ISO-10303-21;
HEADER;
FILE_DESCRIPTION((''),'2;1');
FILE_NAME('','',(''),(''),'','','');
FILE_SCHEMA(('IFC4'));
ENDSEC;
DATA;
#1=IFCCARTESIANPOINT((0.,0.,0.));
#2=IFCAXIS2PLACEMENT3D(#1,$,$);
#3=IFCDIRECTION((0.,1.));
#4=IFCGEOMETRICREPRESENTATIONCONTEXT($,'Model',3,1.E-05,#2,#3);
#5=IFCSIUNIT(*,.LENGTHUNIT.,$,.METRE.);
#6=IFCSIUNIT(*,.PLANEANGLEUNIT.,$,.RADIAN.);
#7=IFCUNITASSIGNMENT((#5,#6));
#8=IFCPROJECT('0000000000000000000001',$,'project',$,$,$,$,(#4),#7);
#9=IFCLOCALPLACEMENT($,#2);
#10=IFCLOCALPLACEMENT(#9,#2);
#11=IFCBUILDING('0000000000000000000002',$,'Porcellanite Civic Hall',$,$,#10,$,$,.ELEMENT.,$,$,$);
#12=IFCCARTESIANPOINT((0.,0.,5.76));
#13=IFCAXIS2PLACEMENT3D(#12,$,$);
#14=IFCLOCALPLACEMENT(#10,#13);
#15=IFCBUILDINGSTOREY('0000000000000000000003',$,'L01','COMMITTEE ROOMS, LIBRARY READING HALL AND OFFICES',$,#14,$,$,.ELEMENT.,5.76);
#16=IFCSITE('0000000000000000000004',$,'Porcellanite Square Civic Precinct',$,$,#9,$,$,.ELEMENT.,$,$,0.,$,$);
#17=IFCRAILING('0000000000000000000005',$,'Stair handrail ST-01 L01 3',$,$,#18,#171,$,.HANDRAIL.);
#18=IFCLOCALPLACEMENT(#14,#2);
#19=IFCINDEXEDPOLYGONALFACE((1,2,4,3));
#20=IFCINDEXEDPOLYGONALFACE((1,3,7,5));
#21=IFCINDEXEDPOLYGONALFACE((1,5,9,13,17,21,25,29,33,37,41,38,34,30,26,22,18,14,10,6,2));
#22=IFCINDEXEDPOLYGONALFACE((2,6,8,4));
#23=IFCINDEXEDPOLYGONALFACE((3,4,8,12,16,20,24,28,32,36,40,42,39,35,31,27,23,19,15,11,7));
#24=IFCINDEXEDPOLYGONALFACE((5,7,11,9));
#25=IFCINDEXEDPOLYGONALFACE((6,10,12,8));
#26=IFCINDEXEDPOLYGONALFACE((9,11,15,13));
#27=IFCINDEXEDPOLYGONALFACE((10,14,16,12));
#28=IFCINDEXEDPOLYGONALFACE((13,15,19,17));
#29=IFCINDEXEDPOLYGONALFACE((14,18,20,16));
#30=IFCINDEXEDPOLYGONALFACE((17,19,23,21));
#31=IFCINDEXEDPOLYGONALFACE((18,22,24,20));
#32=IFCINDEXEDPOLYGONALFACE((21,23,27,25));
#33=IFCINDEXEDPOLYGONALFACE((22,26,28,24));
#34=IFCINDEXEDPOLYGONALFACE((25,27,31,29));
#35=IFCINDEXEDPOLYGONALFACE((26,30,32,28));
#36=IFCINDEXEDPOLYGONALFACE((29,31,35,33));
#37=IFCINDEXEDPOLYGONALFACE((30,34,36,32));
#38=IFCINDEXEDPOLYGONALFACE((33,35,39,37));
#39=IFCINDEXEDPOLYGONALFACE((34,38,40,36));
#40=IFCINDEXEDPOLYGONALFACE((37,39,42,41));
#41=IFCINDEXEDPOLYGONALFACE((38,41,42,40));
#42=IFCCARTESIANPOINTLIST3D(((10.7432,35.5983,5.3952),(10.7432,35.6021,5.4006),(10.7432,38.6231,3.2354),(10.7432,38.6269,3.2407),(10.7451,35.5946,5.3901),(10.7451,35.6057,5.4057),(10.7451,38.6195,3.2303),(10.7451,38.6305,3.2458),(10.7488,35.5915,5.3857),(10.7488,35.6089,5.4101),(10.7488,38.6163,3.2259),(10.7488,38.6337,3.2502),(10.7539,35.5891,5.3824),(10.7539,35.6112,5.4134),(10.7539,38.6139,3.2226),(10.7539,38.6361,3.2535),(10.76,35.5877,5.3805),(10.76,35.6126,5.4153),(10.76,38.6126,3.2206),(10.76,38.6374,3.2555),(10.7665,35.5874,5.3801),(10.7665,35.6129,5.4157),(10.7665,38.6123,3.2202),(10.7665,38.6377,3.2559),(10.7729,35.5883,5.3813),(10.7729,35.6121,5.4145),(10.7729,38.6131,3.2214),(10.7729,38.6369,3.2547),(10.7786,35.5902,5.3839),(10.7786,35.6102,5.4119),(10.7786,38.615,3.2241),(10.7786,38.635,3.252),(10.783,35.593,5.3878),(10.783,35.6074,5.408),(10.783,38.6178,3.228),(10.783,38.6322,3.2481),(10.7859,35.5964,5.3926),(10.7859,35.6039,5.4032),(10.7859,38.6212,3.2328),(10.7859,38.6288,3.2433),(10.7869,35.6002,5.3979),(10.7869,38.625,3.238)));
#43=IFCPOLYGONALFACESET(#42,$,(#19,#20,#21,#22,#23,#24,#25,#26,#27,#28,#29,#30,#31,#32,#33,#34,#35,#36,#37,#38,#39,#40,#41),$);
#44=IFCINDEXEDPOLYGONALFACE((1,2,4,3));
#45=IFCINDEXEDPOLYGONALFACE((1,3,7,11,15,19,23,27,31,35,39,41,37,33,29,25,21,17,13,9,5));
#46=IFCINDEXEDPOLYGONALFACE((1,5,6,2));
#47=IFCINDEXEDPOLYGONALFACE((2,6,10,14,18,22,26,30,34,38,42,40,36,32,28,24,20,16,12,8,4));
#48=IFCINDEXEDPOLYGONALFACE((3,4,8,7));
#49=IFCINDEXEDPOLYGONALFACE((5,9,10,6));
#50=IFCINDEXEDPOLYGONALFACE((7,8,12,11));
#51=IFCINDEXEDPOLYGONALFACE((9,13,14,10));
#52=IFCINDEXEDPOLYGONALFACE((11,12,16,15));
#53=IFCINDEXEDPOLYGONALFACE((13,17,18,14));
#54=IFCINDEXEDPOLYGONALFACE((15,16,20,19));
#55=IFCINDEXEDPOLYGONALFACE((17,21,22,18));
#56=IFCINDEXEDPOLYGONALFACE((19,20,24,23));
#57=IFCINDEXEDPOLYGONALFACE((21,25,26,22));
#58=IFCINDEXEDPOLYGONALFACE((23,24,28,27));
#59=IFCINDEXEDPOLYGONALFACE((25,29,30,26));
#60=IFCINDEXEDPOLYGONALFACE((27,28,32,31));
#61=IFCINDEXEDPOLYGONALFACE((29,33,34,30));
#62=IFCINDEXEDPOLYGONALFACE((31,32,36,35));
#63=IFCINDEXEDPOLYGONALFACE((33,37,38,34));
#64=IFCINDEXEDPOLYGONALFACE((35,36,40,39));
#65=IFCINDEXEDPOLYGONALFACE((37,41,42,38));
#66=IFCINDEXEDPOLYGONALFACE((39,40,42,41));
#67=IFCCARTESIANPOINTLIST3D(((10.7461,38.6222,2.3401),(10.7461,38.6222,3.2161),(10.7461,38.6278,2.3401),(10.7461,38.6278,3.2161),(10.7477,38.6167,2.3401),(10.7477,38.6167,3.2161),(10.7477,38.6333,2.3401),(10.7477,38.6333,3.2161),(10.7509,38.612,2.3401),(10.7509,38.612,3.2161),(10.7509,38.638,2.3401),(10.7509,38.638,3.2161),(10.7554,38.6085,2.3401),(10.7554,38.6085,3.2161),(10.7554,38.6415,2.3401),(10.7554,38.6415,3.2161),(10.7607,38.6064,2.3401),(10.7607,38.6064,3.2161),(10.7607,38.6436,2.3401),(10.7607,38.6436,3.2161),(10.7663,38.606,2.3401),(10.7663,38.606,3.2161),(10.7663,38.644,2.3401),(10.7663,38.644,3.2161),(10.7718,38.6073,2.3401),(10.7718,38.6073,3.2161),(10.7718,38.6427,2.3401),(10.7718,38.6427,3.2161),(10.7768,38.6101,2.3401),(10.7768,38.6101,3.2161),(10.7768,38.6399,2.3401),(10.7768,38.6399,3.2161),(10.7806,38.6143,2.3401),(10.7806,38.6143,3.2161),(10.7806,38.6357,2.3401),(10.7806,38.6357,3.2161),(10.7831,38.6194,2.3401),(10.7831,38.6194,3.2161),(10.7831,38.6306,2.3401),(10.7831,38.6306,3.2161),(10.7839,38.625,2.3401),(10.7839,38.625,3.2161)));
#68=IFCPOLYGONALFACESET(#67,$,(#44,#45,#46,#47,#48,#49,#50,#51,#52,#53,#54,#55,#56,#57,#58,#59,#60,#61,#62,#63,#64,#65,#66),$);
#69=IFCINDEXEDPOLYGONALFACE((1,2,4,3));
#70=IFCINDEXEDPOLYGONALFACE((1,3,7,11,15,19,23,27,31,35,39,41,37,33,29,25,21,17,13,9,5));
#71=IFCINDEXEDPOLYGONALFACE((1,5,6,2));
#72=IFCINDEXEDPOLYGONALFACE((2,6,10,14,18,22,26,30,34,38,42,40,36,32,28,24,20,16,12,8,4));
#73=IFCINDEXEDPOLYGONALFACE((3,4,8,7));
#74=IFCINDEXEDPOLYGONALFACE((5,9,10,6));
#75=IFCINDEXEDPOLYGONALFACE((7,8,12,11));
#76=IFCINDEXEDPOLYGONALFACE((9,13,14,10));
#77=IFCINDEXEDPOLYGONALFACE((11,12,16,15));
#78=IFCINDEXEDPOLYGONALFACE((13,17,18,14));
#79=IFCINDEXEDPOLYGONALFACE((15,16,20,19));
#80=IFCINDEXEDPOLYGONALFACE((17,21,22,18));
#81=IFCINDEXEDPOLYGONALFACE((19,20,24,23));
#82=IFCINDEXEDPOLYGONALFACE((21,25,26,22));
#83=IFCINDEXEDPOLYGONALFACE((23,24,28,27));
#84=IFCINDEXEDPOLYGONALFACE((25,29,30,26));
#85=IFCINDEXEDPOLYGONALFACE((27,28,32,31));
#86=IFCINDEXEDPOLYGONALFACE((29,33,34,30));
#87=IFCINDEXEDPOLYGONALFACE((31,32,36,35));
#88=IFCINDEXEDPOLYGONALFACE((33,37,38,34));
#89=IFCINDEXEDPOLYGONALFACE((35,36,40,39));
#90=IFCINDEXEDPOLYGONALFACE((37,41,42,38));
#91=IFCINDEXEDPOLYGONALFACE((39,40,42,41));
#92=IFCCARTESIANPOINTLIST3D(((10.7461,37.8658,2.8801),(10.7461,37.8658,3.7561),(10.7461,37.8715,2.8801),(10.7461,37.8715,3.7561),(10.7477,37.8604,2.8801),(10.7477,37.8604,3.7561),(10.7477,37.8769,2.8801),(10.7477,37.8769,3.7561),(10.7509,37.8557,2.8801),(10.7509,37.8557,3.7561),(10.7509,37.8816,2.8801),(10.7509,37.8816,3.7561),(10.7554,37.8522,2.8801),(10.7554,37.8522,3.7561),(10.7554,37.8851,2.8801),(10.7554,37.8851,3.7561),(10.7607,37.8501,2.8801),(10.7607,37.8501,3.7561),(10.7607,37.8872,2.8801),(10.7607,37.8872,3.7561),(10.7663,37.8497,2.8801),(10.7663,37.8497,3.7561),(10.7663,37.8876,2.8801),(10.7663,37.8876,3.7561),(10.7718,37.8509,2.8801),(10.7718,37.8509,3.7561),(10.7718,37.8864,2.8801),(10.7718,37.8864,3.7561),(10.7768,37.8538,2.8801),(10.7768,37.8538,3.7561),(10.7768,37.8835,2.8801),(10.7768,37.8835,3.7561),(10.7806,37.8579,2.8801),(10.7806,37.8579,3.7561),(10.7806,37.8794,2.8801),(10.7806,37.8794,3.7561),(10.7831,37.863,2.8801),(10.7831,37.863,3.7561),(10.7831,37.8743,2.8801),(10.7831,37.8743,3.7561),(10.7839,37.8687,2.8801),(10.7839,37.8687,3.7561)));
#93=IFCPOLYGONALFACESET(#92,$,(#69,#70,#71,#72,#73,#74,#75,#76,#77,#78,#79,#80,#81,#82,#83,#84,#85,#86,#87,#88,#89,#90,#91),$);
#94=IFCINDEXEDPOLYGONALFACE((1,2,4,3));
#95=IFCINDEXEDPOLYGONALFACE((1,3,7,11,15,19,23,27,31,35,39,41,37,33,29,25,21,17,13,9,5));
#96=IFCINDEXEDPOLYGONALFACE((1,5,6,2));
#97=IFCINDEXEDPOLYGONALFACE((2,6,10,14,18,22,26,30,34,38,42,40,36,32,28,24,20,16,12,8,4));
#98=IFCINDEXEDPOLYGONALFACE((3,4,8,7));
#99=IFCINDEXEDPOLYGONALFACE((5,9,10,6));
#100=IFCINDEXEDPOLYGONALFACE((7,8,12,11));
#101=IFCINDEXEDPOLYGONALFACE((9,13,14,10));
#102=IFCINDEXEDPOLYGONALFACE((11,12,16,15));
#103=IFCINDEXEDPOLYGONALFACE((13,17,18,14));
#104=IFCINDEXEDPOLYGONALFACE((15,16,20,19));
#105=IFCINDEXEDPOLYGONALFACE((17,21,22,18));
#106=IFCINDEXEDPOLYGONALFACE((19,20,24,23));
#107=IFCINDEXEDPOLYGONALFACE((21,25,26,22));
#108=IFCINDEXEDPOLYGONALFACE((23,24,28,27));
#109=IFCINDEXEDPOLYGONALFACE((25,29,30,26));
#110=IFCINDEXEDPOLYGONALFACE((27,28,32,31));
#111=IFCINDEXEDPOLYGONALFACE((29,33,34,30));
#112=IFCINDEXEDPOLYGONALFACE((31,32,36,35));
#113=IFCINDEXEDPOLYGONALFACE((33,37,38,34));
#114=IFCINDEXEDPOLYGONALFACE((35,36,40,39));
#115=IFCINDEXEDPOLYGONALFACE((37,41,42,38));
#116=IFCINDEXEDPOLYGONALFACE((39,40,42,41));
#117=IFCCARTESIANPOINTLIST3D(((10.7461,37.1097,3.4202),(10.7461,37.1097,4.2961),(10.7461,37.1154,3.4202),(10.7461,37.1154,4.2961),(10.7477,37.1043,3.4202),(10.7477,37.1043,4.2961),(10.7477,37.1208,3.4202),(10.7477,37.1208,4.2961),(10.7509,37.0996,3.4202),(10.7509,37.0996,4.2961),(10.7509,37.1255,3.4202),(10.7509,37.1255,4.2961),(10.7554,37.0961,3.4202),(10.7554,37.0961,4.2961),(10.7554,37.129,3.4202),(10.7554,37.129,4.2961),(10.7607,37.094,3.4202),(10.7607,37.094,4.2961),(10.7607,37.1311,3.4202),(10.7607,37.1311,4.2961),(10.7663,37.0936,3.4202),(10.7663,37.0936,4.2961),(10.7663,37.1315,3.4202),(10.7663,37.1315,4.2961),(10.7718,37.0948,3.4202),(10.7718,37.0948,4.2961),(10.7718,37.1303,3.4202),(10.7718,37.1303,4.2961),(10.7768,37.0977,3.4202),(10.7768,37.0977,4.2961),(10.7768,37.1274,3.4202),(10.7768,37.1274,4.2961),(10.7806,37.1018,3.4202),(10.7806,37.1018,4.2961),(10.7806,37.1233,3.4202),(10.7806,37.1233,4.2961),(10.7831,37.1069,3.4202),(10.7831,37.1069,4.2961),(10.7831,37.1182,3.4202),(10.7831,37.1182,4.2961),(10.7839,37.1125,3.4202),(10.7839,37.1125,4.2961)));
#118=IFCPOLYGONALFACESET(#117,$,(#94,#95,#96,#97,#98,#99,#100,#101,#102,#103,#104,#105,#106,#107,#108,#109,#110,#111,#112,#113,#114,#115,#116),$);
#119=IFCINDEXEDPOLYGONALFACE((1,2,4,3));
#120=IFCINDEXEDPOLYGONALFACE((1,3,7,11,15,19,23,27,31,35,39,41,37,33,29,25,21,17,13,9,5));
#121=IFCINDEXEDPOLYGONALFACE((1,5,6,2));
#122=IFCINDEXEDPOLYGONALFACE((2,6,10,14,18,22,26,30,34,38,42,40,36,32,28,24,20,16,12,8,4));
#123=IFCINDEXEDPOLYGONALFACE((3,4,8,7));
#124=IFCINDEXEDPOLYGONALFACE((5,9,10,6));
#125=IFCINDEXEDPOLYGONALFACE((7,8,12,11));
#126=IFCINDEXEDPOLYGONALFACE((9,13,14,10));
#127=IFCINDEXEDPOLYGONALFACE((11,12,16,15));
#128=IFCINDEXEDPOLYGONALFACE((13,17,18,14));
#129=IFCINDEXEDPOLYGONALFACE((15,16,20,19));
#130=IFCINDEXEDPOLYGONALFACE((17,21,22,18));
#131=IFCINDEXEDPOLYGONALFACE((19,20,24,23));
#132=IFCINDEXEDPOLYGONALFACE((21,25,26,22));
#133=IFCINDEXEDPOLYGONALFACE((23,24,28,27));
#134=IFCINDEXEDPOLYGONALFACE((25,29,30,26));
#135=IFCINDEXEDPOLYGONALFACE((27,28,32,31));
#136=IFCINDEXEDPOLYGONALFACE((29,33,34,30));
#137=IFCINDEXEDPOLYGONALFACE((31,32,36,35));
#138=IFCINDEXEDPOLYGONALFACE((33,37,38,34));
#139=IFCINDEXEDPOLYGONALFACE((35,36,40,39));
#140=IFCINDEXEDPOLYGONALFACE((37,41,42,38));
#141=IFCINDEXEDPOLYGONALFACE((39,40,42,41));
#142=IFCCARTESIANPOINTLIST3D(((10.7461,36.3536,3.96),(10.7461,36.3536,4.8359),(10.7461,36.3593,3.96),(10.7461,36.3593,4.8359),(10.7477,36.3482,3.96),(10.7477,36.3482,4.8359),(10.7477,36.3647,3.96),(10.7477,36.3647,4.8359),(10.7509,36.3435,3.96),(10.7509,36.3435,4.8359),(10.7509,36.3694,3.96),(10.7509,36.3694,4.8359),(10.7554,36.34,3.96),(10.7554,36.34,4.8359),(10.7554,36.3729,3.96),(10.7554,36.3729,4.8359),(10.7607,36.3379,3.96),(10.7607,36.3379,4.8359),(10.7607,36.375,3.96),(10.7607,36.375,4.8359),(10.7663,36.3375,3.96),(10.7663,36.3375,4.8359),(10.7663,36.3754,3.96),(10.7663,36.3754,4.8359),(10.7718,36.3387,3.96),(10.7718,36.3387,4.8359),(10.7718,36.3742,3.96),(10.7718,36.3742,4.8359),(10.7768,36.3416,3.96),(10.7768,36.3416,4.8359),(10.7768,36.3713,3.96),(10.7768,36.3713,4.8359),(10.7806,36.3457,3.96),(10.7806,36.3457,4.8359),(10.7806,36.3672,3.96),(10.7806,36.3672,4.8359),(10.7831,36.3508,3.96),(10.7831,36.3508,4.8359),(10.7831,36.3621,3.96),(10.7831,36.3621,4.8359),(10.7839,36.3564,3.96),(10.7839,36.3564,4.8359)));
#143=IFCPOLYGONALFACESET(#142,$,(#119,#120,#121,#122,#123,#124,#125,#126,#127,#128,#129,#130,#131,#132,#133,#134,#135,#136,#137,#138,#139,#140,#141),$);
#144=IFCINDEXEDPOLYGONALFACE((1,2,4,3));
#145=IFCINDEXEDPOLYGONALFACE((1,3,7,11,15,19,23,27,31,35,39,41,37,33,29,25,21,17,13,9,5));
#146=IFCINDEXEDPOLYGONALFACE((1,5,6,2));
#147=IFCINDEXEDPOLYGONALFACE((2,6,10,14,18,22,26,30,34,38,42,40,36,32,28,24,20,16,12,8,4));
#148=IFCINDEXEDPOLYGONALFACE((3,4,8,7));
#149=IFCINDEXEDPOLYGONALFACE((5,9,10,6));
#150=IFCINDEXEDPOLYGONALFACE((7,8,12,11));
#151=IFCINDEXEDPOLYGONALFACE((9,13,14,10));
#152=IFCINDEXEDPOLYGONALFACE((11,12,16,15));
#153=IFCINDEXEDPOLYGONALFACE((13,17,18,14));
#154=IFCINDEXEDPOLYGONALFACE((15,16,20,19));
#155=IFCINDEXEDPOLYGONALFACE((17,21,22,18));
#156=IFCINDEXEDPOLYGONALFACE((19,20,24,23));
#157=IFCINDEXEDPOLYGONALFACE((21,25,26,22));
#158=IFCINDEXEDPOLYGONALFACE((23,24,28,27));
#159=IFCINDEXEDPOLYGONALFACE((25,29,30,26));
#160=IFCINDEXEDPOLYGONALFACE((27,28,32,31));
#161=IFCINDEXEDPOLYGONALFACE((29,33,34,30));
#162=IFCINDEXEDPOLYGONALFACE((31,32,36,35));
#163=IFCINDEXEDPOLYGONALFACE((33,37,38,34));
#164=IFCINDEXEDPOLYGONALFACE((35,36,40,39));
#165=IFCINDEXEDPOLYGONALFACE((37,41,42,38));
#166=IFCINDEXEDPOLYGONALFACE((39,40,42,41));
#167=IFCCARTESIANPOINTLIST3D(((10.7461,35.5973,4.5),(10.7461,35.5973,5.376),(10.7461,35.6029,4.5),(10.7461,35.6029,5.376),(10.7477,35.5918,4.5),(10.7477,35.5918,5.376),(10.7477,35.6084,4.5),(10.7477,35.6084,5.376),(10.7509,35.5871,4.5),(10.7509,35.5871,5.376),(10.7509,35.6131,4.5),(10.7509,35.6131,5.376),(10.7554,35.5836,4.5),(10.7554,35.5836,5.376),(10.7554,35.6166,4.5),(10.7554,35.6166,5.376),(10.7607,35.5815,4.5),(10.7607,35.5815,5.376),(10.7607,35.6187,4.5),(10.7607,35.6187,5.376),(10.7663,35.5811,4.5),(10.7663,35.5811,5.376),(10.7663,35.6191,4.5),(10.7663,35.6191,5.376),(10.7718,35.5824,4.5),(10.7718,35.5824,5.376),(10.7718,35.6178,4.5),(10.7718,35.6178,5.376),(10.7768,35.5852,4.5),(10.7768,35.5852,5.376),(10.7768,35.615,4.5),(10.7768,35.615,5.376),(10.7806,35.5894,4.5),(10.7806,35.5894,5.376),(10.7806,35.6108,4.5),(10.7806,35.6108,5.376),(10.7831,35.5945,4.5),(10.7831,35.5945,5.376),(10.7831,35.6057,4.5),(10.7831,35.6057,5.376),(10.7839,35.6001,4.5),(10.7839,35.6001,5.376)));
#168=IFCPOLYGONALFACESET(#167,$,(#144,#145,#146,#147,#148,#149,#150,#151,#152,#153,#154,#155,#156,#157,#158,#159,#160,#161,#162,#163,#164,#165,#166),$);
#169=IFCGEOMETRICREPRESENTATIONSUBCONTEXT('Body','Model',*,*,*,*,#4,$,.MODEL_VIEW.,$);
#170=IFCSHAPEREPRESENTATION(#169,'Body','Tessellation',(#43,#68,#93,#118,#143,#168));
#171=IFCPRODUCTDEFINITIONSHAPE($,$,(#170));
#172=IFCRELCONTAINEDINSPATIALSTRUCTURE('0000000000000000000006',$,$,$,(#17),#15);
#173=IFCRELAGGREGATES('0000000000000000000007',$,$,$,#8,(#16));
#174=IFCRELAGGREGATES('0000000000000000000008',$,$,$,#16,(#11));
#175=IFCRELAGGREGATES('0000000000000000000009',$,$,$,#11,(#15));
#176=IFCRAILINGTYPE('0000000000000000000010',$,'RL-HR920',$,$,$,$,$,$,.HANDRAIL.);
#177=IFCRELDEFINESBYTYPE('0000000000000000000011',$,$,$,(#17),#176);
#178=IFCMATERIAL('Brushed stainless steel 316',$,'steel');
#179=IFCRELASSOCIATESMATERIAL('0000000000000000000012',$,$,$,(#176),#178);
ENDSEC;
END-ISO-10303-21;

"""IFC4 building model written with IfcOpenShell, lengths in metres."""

from ifc_helpers import new_model, si_unit, direction, frame, origin, origin_2d, place, context, subcontext, project, spatial, circle, extrude, material, type_object, element, save


model = new_model("IFC4")

# Units and contexts
model_context = context("Model", 3, precision=1e-05, world=origin(), true_north=direction((0.0, 1.0)))
body_context = subcontext(model_context, "Body", "Model", "MODEL_VIEW")
ifc_project = project(units=[si_unit("LENGTHUNIT", "METRE"), si_unit("PLANEANGLEUNIT", "RADIAN")], contexts=[model_context])

# Site, building, storey
site_placement = place(None, origin())
site = spatial("IfcSite", under=ifc_project, at=site_placement, Name="Porcellanite Square Civic Precinct", CompositionType="ELEMENT", RefElevation=0.0)
building_placement = place(site_placement, origin())
building = spatial("IfcBuilding", under=site, at=building_placement, Name="Porcellanite Civic Hall", CompositionType="ELEMENT")
storey_placement = place(building_placement, frame((0.0, 0.0, 5.76)))
storey = spatial("IfcBuildingStorey", under=building, at=storey_placement, Name="L01", Description="COMMITTEE ROOMS, LIBRARY READING HALL AND OFFICES", CompositionType="ELEMENT", Elevation=5.76)

# Railing
ifc_material_1 = material(Name="Brushed stainless steel 316", Category="steel")
railing_type_1 = type_object("IfcRailingType", Name="RL-HR920", PredefinedType="HANDRAIL", material=ifc_material_1)
railing_1_placement = place(storey_placement, frame((10.7649, 38.625, 2.3401)))
element("IfcRailing", 1, at=railing_1_placement, inside=storey, type_object=railing_type_1, Name="Stair handrail ST-01 L01 3", PredefinedType="HANDRAIL", context=body_context, shape_type="SweptSolid", body=[
    extrude(circle(Radius=0.022, at=origin_2d()), frame((0.0, 0.0, 0.8979), z_axis=(0.0, -0.813827, 0.581108), x_axis=(1.0, 0.0, 0.0)), (0.0, 0.0, 1.0), 3.7168),
    extrude(circle(Radius=0.019, at=origin_2d()), origin(), (0.0, 0.0, 1.0), 0.876),
    extrude(circle(Radius=0.019, at=origin_2d()), frame((0.0, -0.7563, 0.54)), (0.0, 0.0, 1.0), 0.876),
    extrude(circle(Radius=0.019, at=origin_2d()), frame((0.0, -1.5125, 1.0801)), (0.0, 0.0, 1.0), 0.876),
    extrude(circle(Radius=0.019, at=origin_2d()), frame((0.0, -2.2686, 1.6199)), (0.0, 0.0, 1.0), 0.876),
    extrude(circle(Radius=0.019, at=origin_2d()), frame((0.0, -3.0249, 2.1599)), (0.0, 0.0, 1.0), 0.876),
])

save(model, "model.ifc")
